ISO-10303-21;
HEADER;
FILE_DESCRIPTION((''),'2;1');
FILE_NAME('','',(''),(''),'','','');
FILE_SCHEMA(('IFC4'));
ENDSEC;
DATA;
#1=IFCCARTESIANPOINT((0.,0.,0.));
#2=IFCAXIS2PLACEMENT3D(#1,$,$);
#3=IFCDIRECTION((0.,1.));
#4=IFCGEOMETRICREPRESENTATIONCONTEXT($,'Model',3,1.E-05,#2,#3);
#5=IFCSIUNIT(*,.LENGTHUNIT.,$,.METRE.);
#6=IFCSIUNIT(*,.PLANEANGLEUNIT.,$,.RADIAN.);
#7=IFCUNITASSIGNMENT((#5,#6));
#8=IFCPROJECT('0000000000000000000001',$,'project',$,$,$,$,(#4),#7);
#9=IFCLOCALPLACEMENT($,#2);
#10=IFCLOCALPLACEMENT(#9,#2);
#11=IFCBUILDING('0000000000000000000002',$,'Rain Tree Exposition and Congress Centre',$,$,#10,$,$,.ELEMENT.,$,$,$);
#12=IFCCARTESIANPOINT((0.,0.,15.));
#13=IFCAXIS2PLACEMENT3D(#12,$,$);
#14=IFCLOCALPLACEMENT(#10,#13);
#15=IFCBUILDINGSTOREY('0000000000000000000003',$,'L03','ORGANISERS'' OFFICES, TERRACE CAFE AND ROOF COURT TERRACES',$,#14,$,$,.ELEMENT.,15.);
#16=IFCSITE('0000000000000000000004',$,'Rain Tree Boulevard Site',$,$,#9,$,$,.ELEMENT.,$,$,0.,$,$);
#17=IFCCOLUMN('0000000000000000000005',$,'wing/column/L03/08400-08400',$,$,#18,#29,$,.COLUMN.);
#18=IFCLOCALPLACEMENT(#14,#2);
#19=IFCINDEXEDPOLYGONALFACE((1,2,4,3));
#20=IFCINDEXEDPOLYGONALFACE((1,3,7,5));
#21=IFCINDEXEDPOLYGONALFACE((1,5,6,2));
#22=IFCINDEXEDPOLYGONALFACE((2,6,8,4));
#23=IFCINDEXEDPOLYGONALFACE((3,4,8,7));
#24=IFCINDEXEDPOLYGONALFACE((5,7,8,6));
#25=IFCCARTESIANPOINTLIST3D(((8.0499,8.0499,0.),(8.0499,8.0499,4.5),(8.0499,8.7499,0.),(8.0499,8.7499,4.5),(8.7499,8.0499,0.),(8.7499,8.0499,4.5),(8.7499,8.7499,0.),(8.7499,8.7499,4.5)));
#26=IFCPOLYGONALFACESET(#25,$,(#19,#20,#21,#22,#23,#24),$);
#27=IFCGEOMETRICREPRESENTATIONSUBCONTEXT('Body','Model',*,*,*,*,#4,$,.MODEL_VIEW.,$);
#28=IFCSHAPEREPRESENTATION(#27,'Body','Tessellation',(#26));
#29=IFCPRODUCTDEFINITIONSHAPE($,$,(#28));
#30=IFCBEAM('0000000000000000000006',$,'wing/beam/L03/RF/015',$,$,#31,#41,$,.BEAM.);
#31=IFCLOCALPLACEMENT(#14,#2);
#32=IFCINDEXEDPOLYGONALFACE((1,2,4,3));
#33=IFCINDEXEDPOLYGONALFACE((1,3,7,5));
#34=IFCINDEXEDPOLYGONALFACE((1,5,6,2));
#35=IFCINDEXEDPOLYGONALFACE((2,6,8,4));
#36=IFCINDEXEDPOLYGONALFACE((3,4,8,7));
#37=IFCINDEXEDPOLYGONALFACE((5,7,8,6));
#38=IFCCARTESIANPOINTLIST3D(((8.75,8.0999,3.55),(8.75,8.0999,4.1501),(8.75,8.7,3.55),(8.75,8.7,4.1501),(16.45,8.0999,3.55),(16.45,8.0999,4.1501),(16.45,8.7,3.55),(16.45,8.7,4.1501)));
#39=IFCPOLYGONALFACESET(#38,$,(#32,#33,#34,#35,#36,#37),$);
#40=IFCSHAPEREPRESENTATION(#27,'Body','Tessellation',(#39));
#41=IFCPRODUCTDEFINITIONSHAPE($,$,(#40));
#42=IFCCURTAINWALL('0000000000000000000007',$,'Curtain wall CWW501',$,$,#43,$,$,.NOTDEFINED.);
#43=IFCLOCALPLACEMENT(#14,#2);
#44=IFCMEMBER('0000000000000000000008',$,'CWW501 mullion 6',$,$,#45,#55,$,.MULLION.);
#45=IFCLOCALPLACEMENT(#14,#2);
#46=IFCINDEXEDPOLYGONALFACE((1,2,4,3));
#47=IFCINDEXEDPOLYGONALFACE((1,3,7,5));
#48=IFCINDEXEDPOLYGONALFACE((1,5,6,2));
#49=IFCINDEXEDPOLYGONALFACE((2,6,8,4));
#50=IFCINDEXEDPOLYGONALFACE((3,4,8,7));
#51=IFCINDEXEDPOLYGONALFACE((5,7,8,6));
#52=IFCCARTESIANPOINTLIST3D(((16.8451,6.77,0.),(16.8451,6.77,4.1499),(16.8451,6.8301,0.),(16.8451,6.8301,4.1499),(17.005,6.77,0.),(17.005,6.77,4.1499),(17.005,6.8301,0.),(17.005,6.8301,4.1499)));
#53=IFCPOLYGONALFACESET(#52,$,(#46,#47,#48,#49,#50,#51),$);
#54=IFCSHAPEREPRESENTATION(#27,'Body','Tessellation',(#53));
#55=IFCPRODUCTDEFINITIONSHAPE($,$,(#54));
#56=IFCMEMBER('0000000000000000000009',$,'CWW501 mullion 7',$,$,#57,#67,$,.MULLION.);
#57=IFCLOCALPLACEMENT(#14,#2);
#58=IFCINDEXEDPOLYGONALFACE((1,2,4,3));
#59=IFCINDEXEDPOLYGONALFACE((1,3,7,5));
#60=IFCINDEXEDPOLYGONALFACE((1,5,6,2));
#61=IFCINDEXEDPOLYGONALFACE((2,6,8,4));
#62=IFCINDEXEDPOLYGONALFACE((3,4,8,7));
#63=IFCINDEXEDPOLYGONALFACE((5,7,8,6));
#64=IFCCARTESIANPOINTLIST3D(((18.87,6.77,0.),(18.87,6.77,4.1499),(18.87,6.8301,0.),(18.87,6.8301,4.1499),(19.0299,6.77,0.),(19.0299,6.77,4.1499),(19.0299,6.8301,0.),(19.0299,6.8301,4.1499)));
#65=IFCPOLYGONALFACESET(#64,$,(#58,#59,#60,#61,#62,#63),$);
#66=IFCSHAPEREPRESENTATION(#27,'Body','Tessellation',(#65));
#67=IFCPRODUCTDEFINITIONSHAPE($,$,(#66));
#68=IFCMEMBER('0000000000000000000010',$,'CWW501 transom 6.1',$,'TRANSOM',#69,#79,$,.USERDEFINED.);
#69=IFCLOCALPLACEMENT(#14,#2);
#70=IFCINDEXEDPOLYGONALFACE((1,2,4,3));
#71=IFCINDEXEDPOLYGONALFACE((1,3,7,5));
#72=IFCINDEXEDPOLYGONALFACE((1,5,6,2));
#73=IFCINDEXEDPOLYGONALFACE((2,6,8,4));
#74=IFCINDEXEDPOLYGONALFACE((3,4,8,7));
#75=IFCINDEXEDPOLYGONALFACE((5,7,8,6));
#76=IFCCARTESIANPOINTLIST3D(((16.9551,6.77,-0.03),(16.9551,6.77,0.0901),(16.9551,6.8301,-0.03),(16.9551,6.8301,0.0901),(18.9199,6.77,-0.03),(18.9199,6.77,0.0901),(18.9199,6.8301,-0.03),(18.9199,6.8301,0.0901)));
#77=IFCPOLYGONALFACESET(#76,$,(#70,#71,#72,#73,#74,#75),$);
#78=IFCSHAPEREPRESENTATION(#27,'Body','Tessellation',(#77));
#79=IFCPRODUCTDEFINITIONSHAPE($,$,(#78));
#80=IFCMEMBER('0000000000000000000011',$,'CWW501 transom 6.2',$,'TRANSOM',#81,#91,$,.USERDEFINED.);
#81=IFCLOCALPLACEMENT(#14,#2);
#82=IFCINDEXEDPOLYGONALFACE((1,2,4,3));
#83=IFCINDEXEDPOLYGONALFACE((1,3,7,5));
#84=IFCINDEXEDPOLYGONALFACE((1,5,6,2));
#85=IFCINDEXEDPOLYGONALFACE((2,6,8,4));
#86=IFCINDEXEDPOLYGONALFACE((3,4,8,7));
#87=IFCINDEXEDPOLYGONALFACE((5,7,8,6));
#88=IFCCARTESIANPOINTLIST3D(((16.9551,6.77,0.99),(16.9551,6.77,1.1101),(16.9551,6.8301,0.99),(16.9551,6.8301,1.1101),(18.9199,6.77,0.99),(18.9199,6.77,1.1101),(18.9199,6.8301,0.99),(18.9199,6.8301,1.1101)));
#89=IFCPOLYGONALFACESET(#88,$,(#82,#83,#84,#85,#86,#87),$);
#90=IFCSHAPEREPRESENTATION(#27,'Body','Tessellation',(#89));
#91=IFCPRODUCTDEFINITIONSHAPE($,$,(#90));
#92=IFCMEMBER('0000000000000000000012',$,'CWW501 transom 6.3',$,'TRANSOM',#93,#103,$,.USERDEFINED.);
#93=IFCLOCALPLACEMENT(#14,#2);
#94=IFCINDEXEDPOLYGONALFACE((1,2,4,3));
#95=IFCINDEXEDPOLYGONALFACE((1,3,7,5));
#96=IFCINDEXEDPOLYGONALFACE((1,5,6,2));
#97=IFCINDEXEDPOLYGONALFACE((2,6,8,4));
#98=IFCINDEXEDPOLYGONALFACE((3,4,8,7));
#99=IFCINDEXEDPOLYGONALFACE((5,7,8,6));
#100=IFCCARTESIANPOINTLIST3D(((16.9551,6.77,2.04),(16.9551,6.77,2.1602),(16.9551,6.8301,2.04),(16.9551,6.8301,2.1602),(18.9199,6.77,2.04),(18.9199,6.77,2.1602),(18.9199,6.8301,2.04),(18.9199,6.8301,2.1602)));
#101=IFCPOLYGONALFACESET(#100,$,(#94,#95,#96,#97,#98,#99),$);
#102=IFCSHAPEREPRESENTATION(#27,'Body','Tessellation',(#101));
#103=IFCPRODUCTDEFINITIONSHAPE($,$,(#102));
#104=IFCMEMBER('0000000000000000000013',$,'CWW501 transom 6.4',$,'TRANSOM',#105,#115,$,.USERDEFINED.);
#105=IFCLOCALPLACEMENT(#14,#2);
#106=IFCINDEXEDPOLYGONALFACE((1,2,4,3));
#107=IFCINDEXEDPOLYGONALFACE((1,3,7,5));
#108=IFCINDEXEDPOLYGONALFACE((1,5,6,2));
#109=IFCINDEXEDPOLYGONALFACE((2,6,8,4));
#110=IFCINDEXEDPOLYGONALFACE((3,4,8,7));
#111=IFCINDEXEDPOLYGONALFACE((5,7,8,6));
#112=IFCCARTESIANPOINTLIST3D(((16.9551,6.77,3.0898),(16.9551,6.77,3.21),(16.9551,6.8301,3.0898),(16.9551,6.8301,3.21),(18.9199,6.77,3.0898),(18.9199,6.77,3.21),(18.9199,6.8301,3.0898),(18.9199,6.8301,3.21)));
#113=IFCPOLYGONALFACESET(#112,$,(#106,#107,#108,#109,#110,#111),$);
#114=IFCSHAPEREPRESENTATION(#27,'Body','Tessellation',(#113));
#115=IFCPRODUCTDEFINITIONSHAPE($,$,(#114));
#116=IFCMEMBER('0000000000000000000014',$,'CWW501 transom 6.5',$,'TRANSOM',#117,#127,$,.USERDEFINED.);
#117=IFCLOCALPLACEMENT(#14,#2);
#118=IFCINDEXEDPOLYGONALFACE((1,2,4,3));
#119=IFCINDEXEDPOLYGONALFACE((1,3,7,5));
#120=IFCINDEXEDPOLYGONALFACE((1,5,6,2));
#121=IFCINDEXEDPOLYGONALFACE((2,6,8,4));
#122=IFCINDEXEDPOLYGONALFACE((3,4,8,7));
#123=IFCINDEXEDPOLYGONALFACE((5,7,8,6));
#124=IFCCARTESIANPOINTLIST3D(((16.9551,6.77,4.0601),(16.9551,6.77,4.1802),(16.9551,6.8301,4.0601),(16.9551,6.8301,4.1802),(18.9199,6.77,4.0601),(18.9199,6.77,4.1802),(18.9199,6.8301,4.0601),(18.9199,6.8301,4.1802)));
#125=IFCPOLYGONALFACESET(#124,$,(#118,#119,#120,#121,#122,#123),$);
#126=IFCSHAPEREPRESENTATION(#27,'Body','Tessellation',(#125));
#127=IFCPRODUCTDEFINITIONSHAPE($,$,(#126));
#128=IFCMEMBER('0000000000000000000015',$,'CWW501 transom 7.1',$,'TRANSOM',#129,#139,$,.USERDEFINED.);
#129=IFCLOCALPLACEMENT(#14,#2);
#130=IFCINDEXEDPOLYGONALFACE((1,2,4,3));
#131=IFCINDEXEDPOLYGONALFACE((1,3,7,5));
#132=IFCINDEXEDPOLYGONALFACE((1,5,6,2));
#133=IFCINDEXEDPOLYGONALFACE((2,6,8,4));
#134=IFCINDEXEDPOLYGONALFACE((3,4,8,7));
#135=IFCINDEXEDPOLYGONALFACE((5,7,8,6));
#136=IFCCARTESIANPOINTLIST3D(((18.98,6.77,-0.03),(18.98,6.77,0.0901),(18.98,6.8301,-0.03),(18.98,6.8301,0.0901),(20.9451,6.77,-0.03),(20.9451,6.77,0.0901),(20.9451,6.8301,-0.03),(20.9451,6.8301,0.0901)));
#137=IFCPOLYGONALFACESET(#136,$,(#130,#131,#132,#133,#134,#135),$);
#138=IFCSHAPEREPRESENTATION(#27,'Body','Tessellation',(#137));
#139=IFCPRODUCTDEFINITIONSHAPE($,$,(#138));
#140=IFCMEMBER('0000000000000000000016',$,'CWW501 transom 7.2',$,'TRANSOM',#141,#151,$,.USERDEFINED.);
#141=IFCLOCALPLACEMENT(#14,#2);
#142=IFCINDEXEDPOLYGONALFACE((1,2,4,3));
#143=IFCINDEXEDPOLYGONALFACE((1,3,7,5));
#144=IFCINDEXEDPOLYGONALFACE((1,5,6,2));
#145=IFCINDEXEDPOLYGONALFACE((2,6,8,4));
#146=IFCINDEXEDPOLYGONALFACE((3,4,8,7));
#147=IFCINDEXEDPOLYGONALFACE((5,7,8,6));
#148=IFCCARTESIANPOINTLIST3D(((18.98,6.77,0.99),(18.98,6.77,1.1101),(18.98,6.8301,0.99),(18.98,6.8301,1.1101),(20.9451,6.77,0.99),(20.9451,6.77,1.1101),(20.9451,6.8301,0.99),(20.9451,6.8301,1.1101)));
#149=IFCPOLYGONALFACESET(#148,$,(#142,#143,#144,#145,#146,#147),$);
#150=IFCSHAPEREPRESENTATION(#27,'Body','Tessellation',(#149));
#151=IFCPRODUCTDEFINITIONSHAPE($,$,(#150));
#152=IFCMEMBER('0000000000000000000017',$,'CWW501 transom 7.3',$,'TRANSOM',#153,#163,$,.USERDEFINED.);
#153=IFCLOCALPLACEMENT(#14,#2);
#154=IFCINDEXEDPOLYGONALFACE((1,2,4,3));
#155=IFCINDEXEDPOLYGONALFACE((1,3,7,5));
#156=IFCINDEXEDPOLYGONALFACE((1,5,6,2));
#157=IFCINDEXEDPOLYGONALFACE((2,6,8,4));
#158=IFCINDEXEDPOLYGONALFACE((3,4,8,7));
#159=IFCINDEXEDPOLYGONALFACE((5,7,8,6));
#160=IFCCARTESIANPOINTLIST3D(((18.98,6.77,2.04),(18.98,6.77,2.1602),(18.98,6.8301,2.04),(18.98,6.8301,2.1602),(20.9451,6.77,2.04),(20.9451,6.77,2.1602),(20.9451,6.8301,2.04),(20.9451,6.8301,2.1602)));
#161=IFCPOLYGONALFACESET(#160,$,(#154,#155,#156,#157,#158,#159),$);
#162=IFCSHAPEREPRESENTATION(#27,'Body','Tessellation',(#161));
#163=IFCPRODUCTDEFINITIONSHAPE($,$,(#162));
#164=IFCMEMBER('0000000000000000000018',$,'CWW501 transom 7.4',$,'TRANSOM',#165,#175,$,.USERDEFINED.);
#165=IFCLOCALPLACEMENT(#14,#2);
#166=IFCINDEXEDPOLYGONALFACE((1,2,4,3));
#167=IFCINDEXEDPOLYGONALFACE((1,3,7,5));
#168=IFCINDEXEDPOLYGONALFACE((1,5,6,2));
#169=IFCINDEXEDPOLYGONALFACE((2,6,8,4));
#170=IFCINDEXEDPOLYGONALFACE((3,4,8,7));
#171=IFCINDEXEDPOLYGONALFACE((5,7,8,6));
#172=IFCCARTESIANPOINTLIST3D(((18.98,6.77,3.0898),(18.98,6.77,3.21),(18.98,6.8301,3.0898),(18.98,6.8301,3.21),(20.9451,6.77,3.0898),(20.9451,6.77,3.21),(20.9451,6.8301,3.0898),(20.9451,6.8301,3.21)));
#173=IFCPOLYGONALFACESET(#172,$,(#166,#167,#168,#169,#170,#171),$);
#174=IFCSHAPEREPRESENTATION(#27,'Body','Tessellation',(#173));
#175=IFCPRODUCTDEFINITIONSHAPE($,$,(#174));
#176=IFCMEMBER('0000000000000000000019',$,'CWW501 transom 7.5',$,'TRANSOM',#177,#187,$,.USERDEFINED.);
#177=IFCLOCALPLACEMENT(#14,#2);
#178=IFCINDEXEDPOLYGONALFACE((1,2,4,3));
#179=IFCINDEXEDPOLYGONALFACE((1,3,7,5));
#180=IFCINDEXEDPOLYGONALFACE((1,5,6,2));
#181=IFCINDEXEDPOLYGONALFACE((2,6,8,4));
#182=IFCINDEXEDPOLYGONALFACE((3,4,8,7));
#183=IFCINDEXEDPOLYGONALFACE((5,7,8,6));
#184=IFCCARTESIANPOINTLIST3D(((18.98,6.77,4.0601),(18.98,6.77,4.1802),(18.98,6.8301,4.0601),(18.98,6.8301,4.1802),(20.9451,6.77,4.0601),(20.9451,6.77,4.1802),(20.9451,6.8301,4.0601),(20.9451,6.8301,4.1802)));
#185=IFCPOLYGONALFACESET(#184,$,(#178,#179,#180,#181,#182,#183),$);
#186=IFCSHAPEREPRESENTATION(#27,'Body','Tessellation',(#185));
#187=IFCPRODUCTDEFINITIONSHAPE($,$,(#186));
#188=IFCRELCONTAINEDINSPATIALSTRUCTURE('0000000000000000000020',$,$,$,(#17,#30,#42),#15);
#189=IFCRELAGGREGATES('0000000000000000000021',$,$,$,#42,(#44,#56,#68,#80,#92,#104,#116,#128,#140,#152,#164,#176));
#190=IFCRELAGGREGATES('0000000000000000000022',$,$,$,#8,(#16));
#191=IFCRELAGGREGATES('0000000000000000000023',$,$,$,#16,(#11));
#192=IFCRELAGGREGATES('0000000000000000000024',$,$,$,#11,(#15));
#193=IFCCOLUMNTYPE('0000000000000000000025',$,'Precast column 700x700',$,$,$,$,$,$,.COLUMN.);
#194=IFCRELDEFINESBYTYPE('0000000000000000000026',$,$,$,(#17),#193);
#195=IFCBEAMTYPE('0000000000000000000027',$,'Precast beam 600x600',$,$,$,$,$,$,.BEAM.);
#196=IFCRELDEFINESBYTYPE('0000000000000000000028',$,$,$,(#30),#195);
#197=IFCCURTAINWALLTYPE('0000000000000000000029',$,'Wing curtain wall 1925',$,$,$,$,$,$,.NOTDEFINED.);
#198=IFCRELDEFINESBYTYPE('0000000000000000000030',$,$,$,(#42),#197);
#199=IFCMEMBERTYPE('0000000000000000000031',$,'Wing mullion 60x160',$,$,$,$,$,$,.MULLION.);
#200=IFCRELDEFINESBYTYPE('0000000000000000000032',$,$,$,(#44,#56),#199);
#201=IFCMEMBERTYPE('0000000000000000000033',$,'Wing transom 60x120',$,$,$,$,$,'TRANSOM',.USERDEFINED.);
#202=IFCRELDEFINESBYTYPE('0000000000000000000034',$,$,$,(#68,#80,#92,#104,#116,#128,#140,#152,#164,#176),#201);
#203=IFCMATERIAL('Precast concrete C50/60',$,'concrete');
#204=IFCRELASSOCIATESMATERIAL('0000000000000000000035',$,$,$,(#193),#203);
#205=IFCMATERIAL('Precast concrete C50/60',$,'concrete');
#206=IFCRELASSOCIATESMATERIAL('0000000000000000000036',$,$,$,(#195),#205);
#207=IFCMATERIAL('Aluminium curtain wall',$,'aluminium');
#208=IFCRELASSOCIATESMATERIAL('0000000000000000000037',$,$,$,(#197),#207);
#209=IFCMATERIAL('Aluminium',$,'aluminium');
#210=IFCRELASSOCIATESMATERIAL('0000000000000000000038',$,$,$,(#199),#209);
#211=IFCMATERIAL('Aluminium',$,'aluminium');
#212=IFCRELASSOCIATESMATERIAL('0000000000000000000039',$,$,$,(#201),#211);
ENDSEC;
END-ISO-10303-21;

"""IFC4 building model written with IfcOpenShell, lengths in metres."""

from ifc_helpers import new_model, si_unit, direction, frame, origin, origin_2d, place, context, subcontext, project, spatial, rectangle, extrude, material, material_profile, profile_set, type_object, element, aggregate, save


model = new_model("IFC4")

# Units and contexts
model_context = context("Model", 3, precision=1e-05, world=origin(), true_north=direction((0.0, 1.0)))
body_context = subcontext(model_context, "Body", "Model", "MODEL_VIEW")
ifc_project = project(units=[si_unit("LENGTHUNIT", "METRE"), si_unit("PLANEANGLEUNIT", "RADIAN")], contexts=[model_context])

# Site, building, storey
site_placement = place(None, origin())
site = spatial("IfcSite", under=ifc_project, at=site_placement, Name="Rain Tree Boulevard Site", CompositionType="ELEMENT", RefElevation=0.0)
building_placement = place(site_placement, origin())
building = spatial("IfcBuilding", under=site, at=building_placement, Name="Rain Tree Exposition and Congress Centre", CompositionType="ELEMENT")
storey_placement = place(building_placement, frame((0.0, 0.0, 15.0)))
storey = spatial("IfcBuildingStorey", under=building, at=storey_placement, Name="L03", Description="ORGANISERS' OFFICES, TERRACE CAFE AND ROOF COURT TERRACES", CompositionType="ELEMENT", Elevation=15.0)

# Column
ifc_material_1 = material(Name="Precast concrete C50/60", Category="concrete")
ifc_material_profile_1 = material_profile(ifc_material_1, rectangle(XDim=0.7, YDim=0.7, at=origin_2d()), Name="RC 700x700")
ifc_profile_set_1 = profile_set([ifc_material_profile_1], Name="Precast concrete C50/60")
column_type = type_object("IfcColumnType", Name="Precast column 700x700", PredefinedType="COLUMN", material=ifc_profile_set_1)
column_placement = place(storey_placement, frame((8.3999, 8.3999, 0.0), z_axis=(0.0, 0.0, 1.0), x_axis=(1.0, 0.0, 0.0)))
element("IfcColumn", 1, at=column_placement, inside=storey, type_object=column_type, Name="wing/column/L03/08400-08400", PredefinedType="COLUMN", context=body_context, shape_type="SweptSolid", body=[
    extrude(rectangle(XDim=0.7, YDim=0.7, at=origin_2d()), origin(), (0.0, 0.0, 1.0), 4.5),
])

# Beam
ifc_material_2 = material(Name="Precast concrete C50/60", Category="concrete")
ifc_material_profile_2 = material_profile(ifc_material_2, rectangle(XDim=0.6001, YDim=0.6001, at=origin_2d()), Name="RC 600x600")
ifc_profile_set_2 = profile_set([ifc_material_profile_2], Name="Precast concrete C50/60")
beam_type = type_object("IfcBeamType", Name="Precast beam 600x600", PredefinedType="BEAM", material=ifc_profile_set_2)
beam_placement = place(storey_placement, frame((8.75, 8.3999, 3.8501), z_axis=(1.0, 0.0, 0.0), x_axis=(0.0, 1.0, 0.0)))
element("IfcBeam", 2, at=beam_placement, inside=storey, type_object=beam_type, Name="wing/beam/L03/RF/015", PredefinedType="BEAM", context=body_context, shape_type="SweptSolid", body=[
    extrude(rectangle(XDim=0.6001, YDim=0.6001, at=origin_2d()), origin(), (0.0, 0.0, 1.0), 7.7),
])

# Curtain wall, members
ifc_material_3 = material(Name="Aluminium curtain wall", Category="aluminium")
curtain_wall_type = type_object("IfcCurtainWallType", Name="Wing curtain wall 1925", PredefinedType="NOTDEFINED", material=ifc_material_3)
curtain_wall_placement = place(storey_placement, origin())
curtain_wall = element("IfcCurtainWall", 3, at=curtain_wall_placement, inside=storey, type_object=curtain_wall_type, Name="Curtain wall CWW501", PredefinedType="NOTDEFINED")
ifc_material_4 = material(Name="Aluminium", Category="aluminium")
ifc_material_profile_3 = material_profile(ifc_material_4, rectangle(XDim=0.0601, YDim=0.1599, at=origin_2d()), Name="Aluminium 60x160")
ifc_profile_set_3 = profile_set([ifc_material_profile_3], Name="Aluminium")
member_type_1 = type_object("IfcMemberType", Name="Wing mullion 60x160", PredefinedType="MULLION", material=ifc_profile_set_3)
member_1_placement = place(storey_placement, frame((16.925, 6.8, 0.0), z_axis=(0.0, 0.0, 1.0), x_axis=(0.0, 1.0, 0.0)))
member_1 = element("IfcMember", 4, at=member_1_placement, type_object=member_type_1, Name="CWW501 mullion 6", PredefinedType="MULLION", context=body_context, shape_type="SweptSolid", body=[
    extrude(rectangle(XDim=0.0601, YDim=0.1599, at=origin_2d()), origin(), (0.0, 0.0, 1.0), 4.1499),
])
member_2_placement = place(storey_placement, frame((18.95, 6.8, 0.0), z_axis=(0.0, 0.0, 1.0), x_axis=(0.0, 1.0, 0.0)))
member_2 = element("IfcMember", 5, at=member_2_placement, type_object=member_type_1, Name="CWW501 mullion 7", PredefinedType="MULLION", context=body_context, shape_type="SweptSolid", body=[
    extrude(rectangle(XDim=0.0601, YDim=0.1599, at=origin_2d()), origin(), (0.0, 0.0, 1.0), 4.1499),
])
ifc_material_5 = material(Name="Aluminium", Category="aluminium")
ifc_material_profile_4 = material_profile(ifc_material_5, rectangle(XDim=0.0601, YDim=0.1201, at=origin_2d()), Name="Aluminium 60x120")
ifc_profile_set_4 = profile_set([ifc_material_profile_4], Name="Aluminium")
member_type_2 = type_object("IfcMemberType", Name="Wing transom 60x120", ElementType="TRANSOM", PredefinedType="USERDEFINED", material=ifc_profile_set_4)
member_3_placement = place(storey_placement, frame((16.9551, 6.8, 0.03), z_axis=(1.0, 0.0, 0.0), x_axis=(0.0, 1.0, 0.0)))
member_3 = element("IfcMember", 6, at=member_3_placement, type_object=member_type_2, Name="CWW501 transom 6.1", ObjectType="TRANSOM", PredefinedType="USERDEFINED", context=body_context, shape_type="SweptSolid", body=[
    extrude(rectangle(XDim=0.0601, YDim=0.1201, at=origin_2d()), origin(), (0.0, 0.0, 1.0), 1.9648),
])
member_4_placement = place(storey_placement, frame((16.9551, 6.8, 1.05), z_axis=(1.0, 0.0, 0.0), x_axis=(0.0, 1.0, 0.0)))
member_4 = element("IfcMember", 7, at=member_4_placement, type_object=member_type_2, Name="CWW501 transom 6.2", ObjectType="TRANSOM", PredefinedType="USERDEFINED", context=body_context, shape_type="SweptSolid", body=[
    extrude(rectangle(XDim=0.0601, YDim=0.1201, at=origin_2d()), origin(), (0.0, 0.0, 1.0), 1.9648),
])
member_5_placement = place(storey_placement, frame((16.9551, 6.8, 2.1001), z_axis=(1.0, 0.0, 0.0), x_axis=(0.0, 1.0, 0.0)))
member_5 = element("IfcMember", 8, at=member_5_placement, type_object=member_type_2, Name="CWW501 transom 6.3", ObjectType="TRANSOM", PredefinedType="USERDEFINED", context=body_context, shape_type="SweptSolid", body=[
    extrude(rectangle(XDim=0.0601, YDim=0.1201, at=origin_2d()), origin(), (0.0, 0.0, 1.0), 1.9648),
])
member_6_placement = place(storey_placement, frame((16.9551, 6.8, 3.1499), z_axis=(1.0, 0.0, 0.0), x_axis=(0.0, 1.0, 0.0)))
member_6 = element("IfcMember", 9, at=member_6_placement, type_object=member_type_2, Name="CWW501 transom 6.4", ObjectType="TRANSOM", PredefinedType="USERDEFINED", context=body_context, shape_type="SweptSolid", body=[
    extrude(rectangle(XDim=0.0601, YDim=0.1201, at=origin_2d()), origin(), (0.0, 0.0, 1.0), 1.9648),
])
member_7_placement = place(storey_placement, frame((16.9551, 6.8, 4.1201), z_axis=(1.0, 0.0, 0.0), x_axis=(0.0, 1.0, 0.0)))
member_7 = element("IfcMember", 10, at=member_7_placement, type_object=member_type_2, Name="CWW501 transom 6.5", ObjectType="TRANSOM", PredefinedType="USERDEFINED", context=body_context, shape_type="SweptSolid", body=[
    extrude(rectangle(XDim=0.0601, YDim=0.1201, at=origin_2d()), origin(), (0.0, 0.0, 1.0), 1.9648),
])
member_8_placement = place(storey_placement, frame((18.98, 6.8, 0.03), z_axis=(1.0, 0.0, 0.0), x_axis=(0.0, 1.0, 0.0)))
member_8 = element("IfcMember", 11, at=member_8_placement, type_object=member_type_2, Name="CWW501 transom 7.1", ObjectType="TRANSOM", PredefinedType="USERDEFINED", context=body_context, shape_type="SweptSolid", body=[
    extrude(rectangle(XDim=0.0601, YDim=0.1201, at=origin_2d()), origin(), (0.0, 0.0, 1.0), 1.9651),
])
member_9_placement = place(storey_placement, frame((18.98, 6.8, 1.05), z_axis=(1.0, 0.0, 0.0), x_axis=(0.0, 1.0, 0.0)))
member_9 = element("IfcMember", 12, at=member_9_placement, type_object=member_type_2, Name="CWW501 transom 7.2", ObjectType="TRANSOM", PredefinedType="USERDEFINED", context=body_context, shape_type="SweptSolid", body=[
    extrude(rectangle(XDim=0.0601, YDim=0.1201, at=origin_2d()), origin(), (0.0, 0.0, 1.0), 1.9651),
])
member_10_placement = place(storey_placement, frame((18.98, 6.8, 2.1001), z_axis=(1.0, 0.0, 0.0), x_axis=(0.0, 1.0, 0.0)))
member_10 = element("IfcMember", 13, at=member_10_placement, type_object=member_type_2, Name="CWW501 transom 7.3", ObjectType="TRANSOM", PredefinedType="USERDEFINED", context=body_context, shape_type="SweptSolid", body=[
    extrude(rectangle(XDim=0.0601, YDim=0.1201, at=origin_2d()), origin(), (0.0, 0.0, 1.0), 1.9651),
])
member_11_placement = place(storey_placement, frame((18.98, 6.8, 3.1499), z_axis=(1.0, 0.0, 0.0), x_axis=(0.0, 1.0, 0.0)))
member_11 = element("IfcMember", 14, at=member_11_placement, type_object=member_type_2, Name="CWW501 transom 7.4", ObjectType="TRANSOM", PredefinedType="USERDEFINED", context=body_context, shape_type="SweptSolid", body=[
    extrude(rectangle(XDim=0.0601, YDim=0.1201, at=origin_2d()), origin(), (0.0, 0.0, 1.0), 1.9651),
])
member_12_placement = place(storey_placement, frame((18.98, 6.8, 4.1201), z_axis=(1.0, 0.0, 0.0), x_axis=(0.0, 1.0, 0.0)))
member_12 = element("IfcMember", 15, at=member_12_placement, type_object=member_type_2, Name="CWW501 transom 7.5", ObjectType="TRANSOM", PredefinedType="USERDEFINED", context=body_context, shape_type="SweptSolid", body=[
    extrude(rectangle(XDim=0.0601, YDim=0.1201, at=origin_2d()), origin(), (0.0, 0.0, 1.0), 1.9651),
])
aggregate(curtain_wall, [member_1, member_2, member_3, member_4, member_5, member_6, member_7, member_8, member_9, member_10, member_11, member_12])

save(model, "model.ifc")
